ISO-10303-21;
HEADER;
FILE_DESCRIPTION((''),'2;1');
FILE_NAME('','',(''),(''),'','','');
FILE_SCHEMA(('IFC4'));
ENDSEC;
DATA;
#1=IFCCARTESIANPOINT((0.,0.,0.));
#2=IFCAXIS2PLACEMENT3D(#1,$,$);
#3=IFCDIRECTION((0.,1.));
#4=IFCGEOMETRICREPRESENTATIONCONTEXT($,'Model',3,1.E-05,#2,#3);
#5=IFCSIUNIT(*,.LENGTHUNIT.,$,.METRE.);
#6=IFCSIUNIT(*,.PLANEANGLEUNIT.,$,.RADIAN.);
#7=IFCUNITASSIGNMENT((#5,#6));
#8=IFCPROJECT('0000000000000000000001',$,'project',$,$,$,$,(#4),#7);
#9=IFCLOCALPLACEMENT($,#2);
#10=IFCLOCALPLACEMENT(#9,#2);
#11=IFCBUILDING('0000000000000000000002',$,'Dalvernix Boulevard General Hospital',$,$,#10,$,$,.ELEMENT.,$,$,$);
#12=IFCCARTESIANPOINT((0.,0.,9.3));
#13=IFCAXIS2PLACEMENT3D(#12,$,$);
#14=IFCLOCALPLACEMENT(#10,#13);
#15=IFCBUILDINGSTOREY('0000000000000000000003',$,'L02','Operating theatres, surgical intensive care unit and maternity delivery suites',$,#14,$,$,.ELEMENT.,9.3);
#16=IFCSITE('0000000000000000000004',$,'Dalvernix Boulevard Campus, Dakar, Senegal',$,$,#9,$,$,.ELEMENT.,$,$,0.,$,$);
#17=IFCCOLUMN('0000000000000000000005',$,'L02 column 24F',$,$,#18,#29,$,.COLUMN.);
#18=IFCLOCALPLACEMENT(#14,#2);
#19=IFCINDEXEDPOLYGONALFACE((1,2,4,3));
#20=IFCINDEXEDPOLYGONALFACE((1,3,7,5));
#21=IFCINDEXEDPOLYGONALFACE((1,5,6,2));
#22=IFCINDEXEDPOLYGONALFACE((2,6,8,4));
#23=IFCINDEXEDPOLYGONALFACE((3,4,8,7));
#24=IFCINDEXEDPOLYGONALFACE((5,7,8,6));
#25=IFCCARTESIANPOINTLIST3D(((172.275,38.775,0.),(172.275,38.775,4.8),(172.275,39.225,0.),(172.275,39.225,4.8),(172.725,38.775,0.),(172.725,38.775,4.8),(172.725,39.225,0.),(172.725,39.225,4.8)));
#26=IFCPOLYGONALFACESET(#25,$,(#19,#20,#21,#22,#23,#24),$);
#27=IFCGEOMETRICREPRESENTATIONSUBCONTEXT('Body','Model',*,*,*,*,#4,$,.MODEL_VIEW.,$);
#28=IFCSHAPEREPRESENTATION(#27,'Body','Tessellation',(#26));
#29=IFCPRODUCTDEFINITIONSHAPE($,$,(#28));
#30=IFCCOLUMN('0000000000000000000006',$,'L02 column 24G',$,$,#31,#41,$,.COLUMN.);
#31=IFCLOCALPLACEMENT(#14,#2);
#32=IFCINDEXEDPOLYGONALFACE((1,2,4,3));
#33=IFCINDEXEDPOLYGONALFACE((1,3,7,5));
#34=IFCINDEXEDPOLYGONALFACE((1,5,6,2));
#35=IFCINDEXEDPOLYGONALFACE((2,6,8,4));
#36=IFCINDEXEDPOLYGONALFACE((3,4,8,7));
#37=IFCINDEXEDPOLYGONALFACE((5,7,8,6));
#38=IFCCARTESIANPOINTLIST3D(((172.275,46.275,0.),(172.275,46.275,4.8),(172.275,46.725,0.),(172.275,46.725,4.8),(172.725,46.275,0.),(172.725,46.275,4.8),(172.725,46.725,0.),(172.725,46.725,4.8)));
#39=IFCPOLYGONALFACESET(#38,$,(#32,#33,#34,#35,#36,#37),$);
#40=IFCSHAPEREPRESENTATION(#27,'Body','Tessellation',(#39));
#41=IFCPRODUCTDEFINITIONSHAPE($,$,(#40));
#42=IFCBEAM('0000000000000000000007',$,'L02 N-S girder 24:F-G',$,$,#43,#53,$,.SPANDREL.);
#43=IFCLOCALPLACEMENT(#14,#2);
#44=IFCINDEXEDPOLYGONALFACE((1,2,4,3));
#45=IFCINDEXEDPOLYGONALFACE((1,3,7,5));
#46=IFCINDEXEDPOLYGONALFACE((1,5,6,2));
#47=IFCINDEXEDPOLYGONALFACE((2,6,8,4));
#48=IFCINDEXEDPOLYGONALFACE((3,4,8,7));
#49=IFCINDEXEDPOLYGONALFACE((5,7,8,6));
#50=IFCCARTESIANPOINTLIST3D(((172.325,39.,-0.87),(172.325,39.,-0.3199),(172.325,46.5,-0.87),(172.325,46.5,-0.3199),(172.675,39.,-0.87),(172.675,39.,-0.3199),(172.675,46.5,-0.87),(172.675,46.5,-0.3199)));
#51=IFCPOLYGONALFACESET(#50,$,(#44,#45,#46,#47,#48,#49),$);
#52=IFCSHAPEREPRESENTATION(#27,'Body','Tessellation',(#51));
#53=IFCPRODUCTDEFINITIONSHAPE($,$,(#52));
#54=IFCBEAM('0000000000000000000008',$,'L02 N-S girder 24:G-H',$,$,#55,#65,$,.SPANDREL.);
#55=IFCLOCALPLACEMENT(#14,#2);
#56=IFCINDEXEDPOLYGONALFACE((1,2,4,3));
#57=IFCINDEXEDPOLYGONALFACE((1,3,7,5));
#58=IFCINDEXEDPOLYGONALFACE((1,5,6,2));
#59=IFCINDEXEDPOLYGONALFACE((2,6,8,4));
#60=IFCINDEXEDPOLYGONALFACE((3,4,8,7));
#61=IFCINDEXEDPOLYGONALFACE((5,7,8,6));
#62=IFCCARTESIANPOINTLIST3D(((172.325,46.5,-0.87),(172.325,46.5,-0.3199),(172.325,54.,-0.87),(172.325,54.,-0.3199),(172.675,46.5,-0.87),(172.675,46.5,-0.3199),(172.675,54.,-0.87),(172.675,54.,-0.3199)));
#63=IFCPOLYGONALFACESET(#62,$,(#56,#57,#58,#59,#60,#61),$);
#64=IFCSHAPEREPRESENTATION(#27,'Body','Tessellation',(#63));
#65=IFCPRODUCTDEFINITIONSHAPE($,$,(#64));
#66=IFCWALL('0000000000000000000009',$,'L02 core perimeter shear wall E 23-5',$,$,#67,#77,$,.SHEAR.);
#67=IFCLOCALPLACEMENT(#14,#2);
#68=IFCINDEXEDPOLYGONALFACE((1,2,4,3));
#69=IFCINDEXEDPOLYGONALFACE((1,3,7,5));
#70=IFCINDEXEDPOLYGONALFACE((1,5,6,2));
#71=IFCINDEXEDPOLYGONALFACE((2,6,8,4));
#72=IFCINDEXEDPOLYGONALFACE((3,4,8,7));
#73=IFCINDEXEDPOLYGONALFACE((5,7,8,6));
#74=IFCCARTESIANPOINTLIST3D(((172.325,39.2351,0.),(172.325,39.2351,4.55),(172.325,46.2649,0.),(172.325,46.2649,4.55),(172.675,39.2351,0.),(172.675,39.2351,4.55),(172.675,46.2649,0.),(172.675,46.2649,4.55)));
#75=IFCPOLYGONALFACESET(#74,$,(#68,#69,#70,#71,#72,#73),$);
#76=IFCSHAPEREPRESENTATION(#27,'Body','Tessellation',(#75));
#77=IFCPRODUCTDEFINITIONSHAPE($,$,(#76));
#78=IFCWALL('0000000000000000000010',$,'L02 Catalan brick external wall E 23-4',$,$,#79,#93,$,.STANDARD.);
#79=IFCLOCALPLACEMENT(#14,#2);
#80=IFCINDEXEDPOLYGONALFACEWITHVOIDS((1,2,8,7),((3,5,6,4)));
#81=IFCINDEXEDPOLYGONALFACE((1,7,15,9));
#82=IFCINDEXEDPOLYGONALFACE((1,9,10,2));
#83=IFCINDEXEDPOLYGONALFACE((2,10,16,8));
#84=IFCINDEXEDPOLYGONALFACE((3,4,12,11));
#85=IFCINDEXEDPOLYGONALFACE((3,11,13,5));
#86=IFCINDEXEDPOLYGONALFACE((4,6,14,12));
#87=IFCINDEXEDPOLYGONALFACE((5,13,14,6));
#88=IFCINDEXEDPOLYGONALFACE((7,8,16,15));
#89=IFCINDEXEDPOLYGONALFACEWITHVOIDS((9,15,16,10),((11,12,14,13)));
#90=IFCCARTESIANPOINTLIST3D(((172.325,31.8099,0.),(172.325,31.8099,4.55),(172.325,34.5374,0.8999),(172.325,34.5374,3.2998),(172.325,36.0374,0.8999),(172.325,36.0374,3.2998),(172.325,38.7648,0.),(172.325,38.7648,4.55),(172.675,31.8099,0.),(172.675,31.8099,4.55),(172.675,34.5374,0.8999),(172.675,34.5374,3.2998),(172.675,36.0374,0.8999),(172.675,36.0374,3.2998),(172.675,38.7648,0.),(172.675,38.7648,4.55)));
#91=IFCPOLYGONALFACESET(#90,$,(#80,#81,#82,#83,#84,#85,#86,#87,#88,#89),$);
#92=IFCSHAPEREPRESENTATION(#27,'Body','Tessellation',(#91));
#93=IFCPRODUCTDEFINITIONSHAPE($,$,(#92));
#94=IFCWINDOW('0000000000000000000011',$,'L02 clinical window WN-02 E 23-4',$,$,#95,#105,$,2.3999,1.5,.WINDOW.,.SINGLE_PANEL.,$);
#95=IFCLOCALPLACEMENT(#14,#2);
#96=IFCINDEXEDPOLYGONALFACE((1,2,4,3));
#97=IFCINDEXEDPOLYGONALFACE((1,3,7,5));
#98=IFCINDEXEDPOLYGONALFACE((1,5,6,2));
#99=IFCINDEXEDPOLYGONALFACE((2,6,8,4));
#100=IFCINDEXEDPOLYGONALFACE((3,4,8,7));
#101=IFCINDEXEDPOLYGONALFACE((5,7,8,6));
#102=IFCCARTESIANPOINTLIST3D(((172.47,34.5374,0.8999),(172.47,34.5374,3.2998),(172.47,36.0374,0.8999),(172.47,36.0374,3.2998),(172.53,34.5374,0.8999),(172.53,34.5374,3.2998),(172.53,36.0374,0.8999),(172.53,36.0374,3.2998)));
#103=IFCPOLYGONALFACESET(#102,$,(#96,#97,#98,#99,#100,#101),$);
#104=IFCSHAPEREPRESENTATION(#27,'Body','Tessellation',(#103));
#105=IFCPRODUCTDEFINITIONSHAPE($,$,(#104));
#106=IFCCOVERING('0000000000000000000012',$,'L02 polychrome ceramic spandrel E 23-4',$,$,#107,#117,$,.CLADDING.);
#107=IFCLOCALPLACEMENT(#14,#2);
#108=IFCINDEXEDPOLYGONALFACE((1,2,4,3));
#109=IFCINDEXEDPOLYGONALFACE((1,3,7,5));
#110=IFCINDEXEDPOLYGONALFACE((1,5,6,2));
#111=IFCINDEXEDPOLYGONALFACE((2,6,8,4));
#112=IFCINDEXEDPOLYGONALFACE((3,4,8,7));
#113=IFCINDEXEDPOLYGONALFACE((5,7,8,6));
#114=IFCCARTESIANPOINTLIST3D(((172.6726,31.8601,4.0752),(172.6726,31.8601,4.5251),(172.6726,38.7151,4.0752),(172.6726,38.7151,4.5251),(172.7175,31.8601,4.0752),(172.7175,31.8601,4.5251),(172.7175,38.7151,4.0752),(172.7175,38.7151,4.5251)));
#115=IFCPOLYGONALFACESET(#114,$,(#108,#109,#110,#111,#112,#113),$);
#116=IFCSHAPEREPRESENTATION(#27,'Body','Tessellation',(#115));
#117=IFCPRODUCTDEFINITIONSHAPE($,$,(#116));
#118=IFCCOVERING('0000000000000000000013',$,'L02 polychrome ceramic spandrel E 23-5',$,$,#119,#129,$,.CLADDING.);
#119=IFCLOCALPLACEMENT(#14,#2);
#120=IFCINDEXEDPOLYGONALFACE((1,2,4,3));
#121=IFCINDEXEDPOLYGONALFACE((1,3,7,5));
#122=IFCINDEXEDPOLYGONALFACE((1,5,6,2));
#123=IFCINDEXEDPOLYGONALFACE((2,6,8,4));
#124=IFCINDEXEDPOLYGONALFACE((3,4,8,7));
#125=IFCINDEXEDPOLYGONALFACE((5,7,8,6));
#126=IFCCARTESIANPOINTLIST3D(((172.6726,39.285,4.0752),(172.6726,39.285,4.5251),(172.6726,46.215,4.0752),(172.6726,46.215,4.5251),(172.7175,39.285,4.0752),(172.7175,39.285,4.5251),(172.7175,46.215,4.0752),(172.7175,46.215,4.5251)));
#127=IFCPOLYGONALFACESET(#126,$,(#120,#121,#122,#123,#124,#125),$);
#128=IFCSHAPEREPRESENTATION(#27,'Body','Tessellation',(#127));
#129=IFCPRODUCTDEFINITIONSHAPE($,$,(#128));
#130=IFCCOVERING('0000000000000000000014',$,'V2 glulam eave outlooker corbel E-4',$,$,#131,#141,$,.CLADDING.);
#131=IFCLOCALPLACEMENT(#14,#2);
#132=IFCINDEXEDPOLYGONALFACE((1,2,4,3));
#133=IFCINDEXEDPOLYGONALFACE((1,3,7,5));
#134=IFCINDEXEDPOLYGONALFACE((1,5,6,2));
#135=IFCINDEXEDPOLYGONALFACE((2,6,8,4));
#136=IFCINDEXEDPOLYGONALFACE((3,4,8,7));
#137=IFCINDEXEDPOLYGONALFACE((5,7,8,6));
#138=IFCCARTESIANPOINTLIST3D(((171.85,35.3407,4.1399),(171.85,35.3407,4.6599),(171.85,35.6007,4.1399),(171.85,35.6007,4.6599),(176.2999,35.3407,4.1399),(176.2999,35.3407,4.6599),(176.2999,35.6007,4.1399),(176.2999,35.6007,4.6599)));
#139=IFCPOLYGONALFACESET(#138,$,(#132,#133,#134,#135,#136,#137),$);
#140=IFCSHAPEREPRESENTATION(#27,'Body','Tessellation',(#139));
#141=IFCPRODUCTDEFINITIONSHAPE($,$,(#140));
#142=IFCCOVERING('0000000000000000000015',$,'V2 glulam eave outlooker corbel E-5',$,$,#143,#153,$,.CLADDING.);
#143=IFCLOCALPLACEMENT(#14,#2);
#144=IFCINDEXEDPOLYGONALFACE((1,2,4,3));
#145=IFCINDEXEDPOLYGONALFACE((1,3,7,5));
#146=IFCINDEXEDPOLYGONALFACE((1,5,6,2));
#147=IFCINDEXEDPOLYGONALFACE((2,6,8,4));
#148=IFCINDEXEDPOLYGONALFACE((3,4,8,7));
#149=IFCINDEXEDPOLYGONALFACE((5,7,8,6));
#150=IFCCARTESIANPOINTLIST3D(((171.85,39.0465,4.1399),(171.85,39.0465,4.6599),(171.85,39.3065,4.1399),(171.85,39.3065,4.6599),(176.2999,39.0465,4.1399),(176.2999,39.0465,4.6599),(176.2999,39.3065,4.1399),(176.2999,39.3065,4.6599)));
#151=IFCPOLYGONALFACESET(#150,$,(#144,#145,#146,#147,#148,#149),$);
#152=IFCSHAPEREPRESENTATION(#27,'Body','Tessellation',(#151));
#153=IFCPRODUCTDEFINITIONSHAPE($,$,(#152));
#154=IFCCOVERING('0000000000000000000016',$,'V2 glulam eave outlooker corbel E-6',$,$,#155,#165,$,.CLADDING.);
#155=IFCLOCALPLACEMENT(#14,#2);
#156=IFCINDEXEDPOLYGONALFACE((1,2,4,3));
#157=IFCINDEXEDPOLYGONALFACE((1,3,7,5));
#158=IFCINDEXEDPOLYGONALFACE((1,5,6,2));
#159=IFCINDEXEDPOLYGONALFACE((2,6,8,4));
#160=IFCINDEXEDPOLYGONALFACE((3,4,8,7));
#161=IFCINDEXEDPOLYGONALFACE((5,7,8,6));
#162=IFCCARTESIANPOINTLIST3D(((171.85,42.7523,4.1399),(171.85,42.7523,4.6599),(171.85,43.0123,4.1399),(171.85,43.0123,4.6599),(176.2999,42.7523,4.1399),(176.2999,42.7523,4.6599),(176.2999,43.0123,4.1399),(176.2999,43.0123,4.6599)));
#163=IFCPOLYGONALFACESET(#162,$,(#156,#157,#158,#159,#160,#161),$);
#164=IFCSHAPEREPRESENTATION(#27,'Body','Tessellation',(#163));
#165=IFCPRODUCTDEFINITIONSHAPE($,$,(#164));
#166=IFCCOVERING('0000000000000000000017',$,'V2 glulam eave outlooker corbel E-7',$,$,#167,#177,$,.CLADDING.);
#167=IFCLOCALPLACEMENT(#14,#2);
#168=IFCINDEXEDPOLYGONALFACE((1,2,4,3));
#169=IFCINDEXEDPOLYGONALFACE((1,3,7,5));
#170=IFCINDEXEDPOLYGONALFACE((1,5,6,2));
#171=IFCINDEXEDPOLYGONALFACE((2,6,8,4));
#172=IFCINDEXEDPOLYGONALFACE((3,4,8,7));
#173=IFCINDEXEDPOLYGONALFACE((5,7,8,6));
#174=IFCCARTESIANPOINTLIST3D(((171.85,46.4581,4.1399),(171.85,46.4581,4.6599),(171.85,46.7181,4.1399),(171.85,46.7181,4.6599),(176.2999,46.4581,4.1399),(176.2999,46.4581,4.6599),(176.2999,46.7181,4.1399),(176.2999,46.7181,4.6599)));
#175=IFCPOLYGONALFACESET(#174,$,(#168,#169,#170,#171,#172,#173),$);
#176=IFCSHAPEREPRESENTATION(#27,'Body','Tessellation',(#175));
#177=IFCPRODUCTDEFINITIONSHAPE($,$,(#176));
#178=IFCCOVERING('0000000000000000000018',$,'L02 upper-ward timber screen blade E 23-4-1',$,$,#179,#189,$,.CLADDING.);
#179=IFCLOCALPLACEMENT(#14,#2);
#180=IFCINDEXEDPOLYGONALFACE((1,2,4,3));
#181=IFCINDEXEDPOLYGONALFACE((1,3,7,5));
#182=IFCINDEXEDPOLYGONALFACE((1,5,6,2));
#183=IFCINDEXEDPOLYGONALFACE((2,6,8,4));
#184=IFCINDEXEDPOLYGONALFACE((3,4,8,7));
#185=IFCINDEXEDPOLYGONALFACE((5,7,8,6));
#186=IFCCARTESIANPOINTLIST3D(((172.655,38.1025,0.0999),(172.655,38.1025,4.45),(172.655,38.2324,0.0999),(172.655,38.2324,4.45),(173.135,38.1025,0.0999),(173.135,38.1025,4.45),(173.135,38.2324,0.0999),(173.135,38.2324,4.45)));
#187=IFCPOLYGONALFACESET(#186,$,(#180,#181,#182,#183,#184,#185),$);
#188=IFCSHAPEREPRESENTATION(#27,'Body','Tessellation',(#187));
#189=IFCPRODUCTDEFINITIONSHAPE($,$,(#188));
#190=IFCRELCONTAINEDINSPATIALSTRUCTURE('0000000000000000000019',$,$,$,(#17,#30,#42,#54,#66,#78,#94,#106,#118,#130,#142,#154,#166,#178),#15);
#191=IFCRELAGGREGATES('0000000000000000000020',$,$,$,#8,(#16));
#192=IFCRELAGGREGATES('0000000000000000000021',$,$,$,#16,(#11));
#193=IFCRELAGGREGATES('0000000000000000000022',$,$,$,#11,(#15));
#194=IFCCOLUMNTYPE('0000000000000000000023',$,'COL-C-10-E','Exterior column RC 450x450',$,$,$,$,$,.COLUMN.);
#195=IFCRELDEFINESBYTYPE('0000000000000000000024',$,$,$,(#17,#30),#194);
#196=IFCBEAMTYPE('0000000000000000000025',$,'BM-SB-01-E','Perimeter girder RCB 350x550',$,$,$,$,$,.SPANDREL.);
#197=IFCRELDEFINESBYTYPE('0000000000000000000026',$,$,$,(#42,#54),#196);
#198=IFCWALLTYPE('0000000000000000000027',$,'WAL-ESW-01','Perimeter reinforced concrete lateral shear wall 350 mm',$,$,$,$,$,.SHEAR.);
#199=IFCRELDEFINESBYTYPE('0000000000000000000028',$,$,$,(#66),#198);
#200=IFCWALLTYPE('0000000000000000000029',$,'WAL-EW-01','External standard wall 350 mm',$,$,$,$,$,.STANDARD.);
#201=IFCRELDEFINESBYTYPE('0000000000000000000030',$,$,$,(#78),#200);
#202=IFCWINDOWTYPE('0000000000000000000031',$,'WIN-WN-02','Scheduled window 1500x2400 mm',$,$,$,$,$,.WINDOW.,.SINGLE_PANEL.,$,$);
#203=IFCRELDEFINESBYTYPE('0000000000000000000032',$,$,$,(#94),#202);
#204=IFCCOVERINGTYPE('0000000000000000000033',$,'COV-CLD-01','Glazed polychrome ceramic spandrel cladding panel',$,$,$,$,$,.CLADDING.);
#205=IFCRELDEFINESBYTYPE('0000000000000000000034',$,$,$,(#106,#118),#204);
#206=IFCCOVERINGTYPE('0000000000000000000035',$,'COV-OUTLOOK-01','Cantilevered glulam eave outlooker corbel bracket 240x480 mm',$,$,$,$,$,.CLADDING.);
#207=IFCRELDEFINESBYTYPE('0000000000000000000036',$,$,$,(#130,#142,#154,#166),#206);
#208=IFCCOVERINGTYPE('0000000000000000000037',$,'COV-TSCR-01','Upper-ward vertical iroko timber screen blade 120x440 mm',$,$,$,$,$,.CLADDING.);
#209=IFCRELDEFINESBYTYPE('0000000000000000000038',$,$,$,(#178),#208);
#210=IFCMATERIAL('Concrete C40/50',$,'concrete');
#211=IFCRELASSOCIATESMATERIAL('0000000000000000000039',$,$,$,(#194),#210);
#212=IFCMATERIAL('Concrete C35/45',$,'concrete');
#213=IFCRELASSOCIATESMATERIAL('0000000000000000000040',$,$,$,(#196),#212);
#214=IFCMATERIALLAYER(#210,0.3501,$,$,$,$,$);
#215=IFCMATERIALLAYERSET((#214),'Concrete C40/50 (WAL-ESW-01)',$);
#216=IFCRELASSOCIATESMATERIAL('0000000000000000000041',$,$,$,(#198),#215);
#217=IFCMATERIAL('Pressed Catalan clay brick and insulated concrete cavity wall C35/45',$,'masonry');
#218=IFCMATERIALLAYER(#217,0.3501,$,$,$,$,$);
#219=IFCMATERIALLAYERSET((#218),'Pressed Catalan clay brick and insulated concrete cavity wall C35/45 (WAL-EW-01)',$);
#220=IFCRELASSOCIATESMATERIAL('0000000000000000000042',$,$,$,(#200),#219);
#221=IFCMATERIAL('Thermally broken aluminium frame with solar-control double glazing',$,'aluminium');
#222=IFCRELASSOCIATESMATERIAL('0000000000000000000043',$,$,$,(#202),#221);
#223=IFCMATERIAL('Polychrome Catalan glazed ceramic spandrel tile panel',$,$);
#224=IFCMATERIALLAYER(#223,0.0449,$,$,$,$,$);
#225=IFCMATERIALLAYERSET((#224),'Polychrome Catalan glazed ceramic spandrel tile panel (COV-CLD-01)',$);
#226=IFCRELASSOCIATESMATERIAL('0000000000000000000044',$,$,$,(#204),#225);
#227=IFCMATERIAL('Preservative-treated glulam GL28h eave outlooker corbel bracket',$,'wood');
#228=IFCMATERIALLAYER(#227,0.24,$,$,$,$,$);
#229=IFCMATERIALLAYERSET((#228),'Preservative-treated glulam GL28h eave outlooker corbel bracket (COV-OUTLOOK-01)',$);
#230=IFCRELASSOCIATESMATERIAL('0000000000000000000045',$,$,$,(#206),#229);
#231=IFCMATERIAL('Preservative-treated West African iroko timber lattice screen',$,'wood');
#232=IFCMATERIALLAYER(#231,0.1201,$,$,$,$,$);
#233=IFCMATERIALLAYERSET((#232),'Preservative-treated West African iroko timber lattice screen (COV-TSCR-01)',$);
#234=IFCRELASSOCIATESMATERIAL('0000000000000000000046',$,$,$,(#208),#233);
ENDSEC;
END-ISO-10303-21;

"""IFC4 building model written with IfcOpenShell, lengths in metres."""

from ifc_helpers import new_model, si_unit, direction, frame, frame_2d, origin, origin_2d, place, context, subcontext, project, spatial, rectangle, extrude, material, layer, layer_set, material_profile, profile_set, type_object, element, fill, save


model = new_model("IFC4")

# Units and contexts
model_context = context("Model", 3, precision=1e-05, world=origin(), true_north=direction((0.0, 1.0)))
body_context = subcontext(model_context, "Body", "Model", "MODEL_VIEW")
ifc_project = project(units=[si_unit("LENGTHUNIT", "METRE"), si_unit("PLANEANGLEUNIT", "RADIAN")], contexts=[model_context])

# Site, building, storey
site_placement = place(None, origin())
site = spatial("IfcSite", under=ifc_project, at=site_placement, Name="Dalvernix Boulevard Campus, Dakar, Senegal", CompositionType="ELEMENT", RefElevation=0.0)
building_placement = place(site_placement, origin())
building = spatial("IfcBuilding", under=site, at=building_placement, Name="Dalvernix Boulevard General Hospital", CompositionType="ELEMENT")
storey_placement = place(building_placement, frame((0.0, 0.0, 9.3)))
storey = spatial("IfcBuildingStorey", under=building, at=storey_placement, Name="L02", Description="Operating theatres, surgical intensive care unit and maternity delivery suites", CompositionType="ELEMENT", Elevation=9.3)

# Columns
ifc_material_1 = material(Name="Concrete C40/50", Category="concrete")
ifc_material_profile_1 = material_profile(ifc_material_1, rectangle(XDim=0.45, YDim=0.45, at=origin_2d()), Name="RC 450x450")
ifc_profile_set_1 = profile_set([ifc_material_profile_1], Name="Concrete C40/50")
column_type = type_object("IfcColumnType", Name="COL-C-10-E", Description="Exterior column RC 450x450", PredefinedType="COLUMN", material=ifc_profile_set_1)
for number, where, z_axis, x_axis, name in (
    (1, (172.5, 39.0, 0.0), (0.0, 0.0, 1.0), (1.0, 0.0, 0.0), "L02 column 24F"),
    (2, (172.5, 46.5, 0.0), (0.0, 0.0, 1.0), (1.0, 0.0, 0.0), "L02 column 24G"),
):
    element("IfcColumn", number, at=place(storey_placement, frame(where, z_axis=z_axis, x_axis=x_axis)), inside=storey, type_object=column_type, Name=name, PredefinedType="COLUMN", context=body_context, shape_type="SweptSolid", body=[
        extrude(rectangle(XDim=0.45, YDim=0.45, at=origin_2d()), origin(), (0.0, 0.0, 1.0), 4.8),
    ])

# Beams
ifc_material_2 = material(Name="Concrete C35/45", Category="concrete")
ifc_material_profile_2 = material_profile(ifc_material_2, rectangle(XDim=0.3501, YDim=0.55, at=origin_2d()), Name="RCB 350x550")
ifc_profile_set_2 = profile_set([ifc_material_profile_2], Name="Concrete C35/45")
beam_type = type_object("IfcBeamType", Name="BM-SB-01-E", Description="Perimeter girder RCB 350x550", PredefinedType="SPANDREL", material=ifc_profile_set_2)
for number, where, z_axis, x_axis, name in (
    (3, (172.5, 39.0, -0.595), (0.0, 1.0, 0.0), (-1.0, 0.0, 0.0), "L02 N-S girder 24:F-G"),
    (4, (172.5, 46.5, -0.595), (0.0, 1.0, 0.0), (-1.0, 0.0, 0.0), "L02 N-S girder 24:G-H"),
):
    element("IfcBeam", number, at=place(storey_placement, frame(where, z_axis=z_axis, x_axis=x_axis)), inside=storey, type_object=beam_type, Name=name, PredefinedType="SPANDREL", context=body_context, shape_type="SweptSolid", body=[
        extrude(rectangle(XDim=0.3501, YDim=0.55, at=origin_2d()), origin(), (0.0, 0.0, 1.0), 7.5),
    ])

# Wall
ifc_layer_1 = layer(ifc_material_1, 0.3501)
ifc_layer_set_1 = layer_set([ifc_layer_1], Name="Concrete C40/50 (WAL-ESW-01)")
wall_type_1 = type_object("IfcWallType", Name="WAL-ESW-01", Description="Perimeter reinforced concrete lateral shear wall 350 mm", PredefinedType="SHEAR", material=ifc_layer_set_1)
wall_1_placement = place(storey_placement, frame((172.5, 46.2649, 0.0), z_axis=(0.0, 0.0, 1.0), x_axis=(0.0, -1.0, 0.0)))
element("IfcWall", 5, at=wall_1_placement, inside=storey, type_object=wall_type_1, Name="L02 core perimeter shear wall E 23-5", PredefinedType="SHEAR", context=body_context, shape_type="SweptSolid", body=[
    extrude(rectangle(XDim=7.0298, YDim=0.3501, at=frame_2d((3.5149, 0.0))), origin(), (0.0, 0.0, 1.0), 4.55),
])

# Wall, opening, window
ifc_material_3 = material(Name="Pressed Catalan clay brick and insulated concrete cavity wall C35/45", Category="masonry")
ifc_layer_2 = layer(ifc_material_3, 0.3501)
ifc_layer_set_2 = layer_set([ifc_layer_2], Name="Pressed Catalan clay brick and insulated concrete cavity wall C35/45 (WAL-EW-01)")
wall_type_2 = type_object("IfcWallType", Name="WAL-EW-01", Description="External standard wall 350 mm", PredefinedType="STANDARD", material=ifc_layer_set_2)
wall_2_placement = place(storey_placement, frame((172.5, 38.7649, 0.0), z_axis=(0.0, 0.0, 1.0), x_axis=(0.0, -1.0, 0.0)))
wall_2 = element("IfcWall", 6, at=wall_2_placement, inside=storey, type_object=wall_type_2, Name="L02 Catalan brick external wall E 23-4", PredefinedType="STANDARD", context=body_context, shape_type="SweptSolid", body=[
    extrude(rectangle(XDim=6.9548, YDim=0.3501, at=frame_2d((3.4775, 0.0))), origin(), (0.0, 0.0, 1.0), 4.55),
])
opening_placement = place(wall_2_placement, frame((2.7275, 0.0, 0.8999)))
opening = element("IfcOpeningElement", 7, at=opening_placement, cuts=wall_2, PredefinedType="OPENING", context=body_context, shape_type="SweptSolid", body=[
    extrude(rectangle(XDim=1.5, YDim=2.3999, at=frame_2d((0.75, 1.2))), frame((0.0, 0.1851, 0.0), z_axis=(0.0, -1.0, 0.0), x_axis=(1.0, 0.0, 0.0)), (0.0, 0.0, 1.0), 0.3701),
])
ifc_material_4 = material(Name="Thermally broken aluminium frame with solar-control double glazing", Category="aluminium")
window_type = type_object("IfcWindowType", Name="WIN-WN-02", Description="Scheduled window 1500x2400 mm", PartitioningType="SINGLE_PANEL", PredefinedType="WINDOW", material=ifc_material_4)
window_placement = place(opening_placement, origin())
window = element("IfcWindow", 8, at=window_placement, inside=storey, type_object=window_type, Name="L02 clinical window WN-02 E 23-4", OverallHeight=2.3999, OverallWidth=1.5, PartitioningType="SINGLE_PANEL", PredefinedType="WINDOW", context=body_context, shape_type="SweptSolid", body=[
    extrude(rectangle(XDim=1.5, YDim=2.3999, at=frame_2d((0.75, 1.2))), frame((0.0, 0.03, 0.0), z_axis=(0.0, -1.0, 0.0), x_axis=(1.0, 0.0, 0.0)), (0.0, 0.0, 1.0), 0.0601),
])
fill(opening, window)

# Coverings
ifc_material_5 = material(Name="Polychrome Catalan glazed ceramic spandrel tile panel")
ifc_layer_3 = layer(ifc_material_5, 0.0449)
ifc_layer_set_3 = layer_set([ifc_layer_3], Name="Polychrome Catalan glazed ceramic spandrel tile panel (COV-CLD-01)")
covering_type_1 = type_object("IfcCoveringType", Name="COV-CLD-01", Description="Glazed polychrome ceramic spandrel cladding panel", PredefinedType="CLADDING", material=ifc_layer_set_3)
covering_1_placement = place(storey_placement, frame((172.6951, 35.2876, 4.0752), z_axis=(0.0, 0.0, 1.0), x_axis=(0.0, -1.0, 0.0)))
element("IfcCovering", 9, at=covering_1_placement, inside=storey, type_object=covering_type_1, Name="L02 polychrome ceramic spandrel E 23-4", PredefinedType="CLADDING", context=body_context, shape_type="SweptSolid", body=[
    extrude(rectangle(XDim=6.855, YDim=0.0449, at=origin_2d()), origin(), (0.0, 0.0, 1.0), 0.45),
])
covering_2_placement = place(storey_placement, frame((172.6951, 42.75, 4.0752), z_axis=(0.0, 0.0, 1.0), x_axis=(0.0, -1.0, 0.0)))
element("IfcCovering", 10, at=covering_2_placement, inside=storey, type_object=covering_type_1, Name="L02 polychrome ceramic spandrel E 23-5", PredefinedType="CLADDING", context=body_context, shape_type="SweptSolid", body=[
    extrude(rectangle(XDim=6.9299, YDim=0.0449, at=origin_2d()), origin(), (0.0, 0.0, 1.0), 0.45),
])
ifc_material_6 = material(Name="Preservative-treated glulam GL28h eave outlooker corbel bracket", Category="wood")
ifc_layer_4 = layer(ifc_material_6, 0.24)
ifc_layer_set_4 = layer_set([ifc_layer_4], Name="Preservative-treated glulam GL28h eave outlooker corbel bracket (COV-OUTLOOK-01)")
covering_type_2 = type_object("IfcCoveringType", Name="COV-OUTLOOK-01", Description="Cantilevered glulam eave outlooker corbel bracket 240x480 mm", PredefinedType="CLADDING", material=ifc_layer_set_4)
for number, where, z_axis, x_axis, name in (
    (11, (174.075, 35.4707, 4.1399), (0.0, 0.0, 1.0), (1.0, 0.0, 0.0), "V2 glulam eave outlooker corbel E-4"),
    (12, (174.075, 39.1765, 4.1399), (0.0, 0.0, 1.0), (1.0, 0.0, 0.0), "V2 glulam eave outlooker corbel E-5"),
    (13, (174.075, 42.8823, 4.1399), (0.0, 0.0, 1.0), (1.0, 0.0, 0.0), "V2 glulam eave outlooker corbel E-6"),
    (14, (174.075, 46.5881, 4.1399), (0.0, 0.0, 1.0), (1.0, 0.0, 0.0), "V2 glulam eave outlooker corbel E-7"),
):
    element("IfcCovering", number, at=place(storey_placement, frame(where, z_axis=z_axis, x_axis=x_axis)), inside=storey, type_object=covering_type_2, Name=name, PredefinedType="CLADDING", context=body_context, shape_type="SweptSolid", body=[
        extrude(rectangle(XDim=4.45, YDim=0.26, at=origin_2d()), origin(), (0.0, 0.0, 1.0), 0.52),
    ])
ifc_material_7 = material(Name="Preservative-treated West African iroko timber lattice screen", Category="wood")
ifc_layer_5 = layer(ifc_material_7, 0.1201)
ifc_layer_set_5 = layer_set([ifc_layer_5], Name="Preservative-treated West African iroko timber lattice screen (COV-TSCR-01)")
covering_type_3 = type_object("IfcCoveringType", Name="COV-TSCR-01", Description="Upper-ward vertical iroko timber screen blade 120x440 mm", PredefinedType="CLADDING", material=ifc_layer_set_5)
for number, where, z_axis, x_axis, name in (
    (15, (172.895, 38.1675, 0.0999), (0.0, 0.0, 1.0), (0.0, -1.0, 0.0), "L02 upper-ward timber screen blade E 23-4-1"),
):
    element("IfcCovering", number, at=place(storey_placement, frame(where, z_axis=z_axis, x_axis=x_axis)), inside=storey, type_object=covering_type_3, Name=name, PredefinedType="CLADDING", context=body_context, shape_type="SweptSolid", body=[
        extrude(rectangle(XDim=0.1299, YDim=0.48, at=origin_2d()), origin(), (0.0, 0.0, 1.0), 4.3501),
    ])

save(model, "model.ifc")
